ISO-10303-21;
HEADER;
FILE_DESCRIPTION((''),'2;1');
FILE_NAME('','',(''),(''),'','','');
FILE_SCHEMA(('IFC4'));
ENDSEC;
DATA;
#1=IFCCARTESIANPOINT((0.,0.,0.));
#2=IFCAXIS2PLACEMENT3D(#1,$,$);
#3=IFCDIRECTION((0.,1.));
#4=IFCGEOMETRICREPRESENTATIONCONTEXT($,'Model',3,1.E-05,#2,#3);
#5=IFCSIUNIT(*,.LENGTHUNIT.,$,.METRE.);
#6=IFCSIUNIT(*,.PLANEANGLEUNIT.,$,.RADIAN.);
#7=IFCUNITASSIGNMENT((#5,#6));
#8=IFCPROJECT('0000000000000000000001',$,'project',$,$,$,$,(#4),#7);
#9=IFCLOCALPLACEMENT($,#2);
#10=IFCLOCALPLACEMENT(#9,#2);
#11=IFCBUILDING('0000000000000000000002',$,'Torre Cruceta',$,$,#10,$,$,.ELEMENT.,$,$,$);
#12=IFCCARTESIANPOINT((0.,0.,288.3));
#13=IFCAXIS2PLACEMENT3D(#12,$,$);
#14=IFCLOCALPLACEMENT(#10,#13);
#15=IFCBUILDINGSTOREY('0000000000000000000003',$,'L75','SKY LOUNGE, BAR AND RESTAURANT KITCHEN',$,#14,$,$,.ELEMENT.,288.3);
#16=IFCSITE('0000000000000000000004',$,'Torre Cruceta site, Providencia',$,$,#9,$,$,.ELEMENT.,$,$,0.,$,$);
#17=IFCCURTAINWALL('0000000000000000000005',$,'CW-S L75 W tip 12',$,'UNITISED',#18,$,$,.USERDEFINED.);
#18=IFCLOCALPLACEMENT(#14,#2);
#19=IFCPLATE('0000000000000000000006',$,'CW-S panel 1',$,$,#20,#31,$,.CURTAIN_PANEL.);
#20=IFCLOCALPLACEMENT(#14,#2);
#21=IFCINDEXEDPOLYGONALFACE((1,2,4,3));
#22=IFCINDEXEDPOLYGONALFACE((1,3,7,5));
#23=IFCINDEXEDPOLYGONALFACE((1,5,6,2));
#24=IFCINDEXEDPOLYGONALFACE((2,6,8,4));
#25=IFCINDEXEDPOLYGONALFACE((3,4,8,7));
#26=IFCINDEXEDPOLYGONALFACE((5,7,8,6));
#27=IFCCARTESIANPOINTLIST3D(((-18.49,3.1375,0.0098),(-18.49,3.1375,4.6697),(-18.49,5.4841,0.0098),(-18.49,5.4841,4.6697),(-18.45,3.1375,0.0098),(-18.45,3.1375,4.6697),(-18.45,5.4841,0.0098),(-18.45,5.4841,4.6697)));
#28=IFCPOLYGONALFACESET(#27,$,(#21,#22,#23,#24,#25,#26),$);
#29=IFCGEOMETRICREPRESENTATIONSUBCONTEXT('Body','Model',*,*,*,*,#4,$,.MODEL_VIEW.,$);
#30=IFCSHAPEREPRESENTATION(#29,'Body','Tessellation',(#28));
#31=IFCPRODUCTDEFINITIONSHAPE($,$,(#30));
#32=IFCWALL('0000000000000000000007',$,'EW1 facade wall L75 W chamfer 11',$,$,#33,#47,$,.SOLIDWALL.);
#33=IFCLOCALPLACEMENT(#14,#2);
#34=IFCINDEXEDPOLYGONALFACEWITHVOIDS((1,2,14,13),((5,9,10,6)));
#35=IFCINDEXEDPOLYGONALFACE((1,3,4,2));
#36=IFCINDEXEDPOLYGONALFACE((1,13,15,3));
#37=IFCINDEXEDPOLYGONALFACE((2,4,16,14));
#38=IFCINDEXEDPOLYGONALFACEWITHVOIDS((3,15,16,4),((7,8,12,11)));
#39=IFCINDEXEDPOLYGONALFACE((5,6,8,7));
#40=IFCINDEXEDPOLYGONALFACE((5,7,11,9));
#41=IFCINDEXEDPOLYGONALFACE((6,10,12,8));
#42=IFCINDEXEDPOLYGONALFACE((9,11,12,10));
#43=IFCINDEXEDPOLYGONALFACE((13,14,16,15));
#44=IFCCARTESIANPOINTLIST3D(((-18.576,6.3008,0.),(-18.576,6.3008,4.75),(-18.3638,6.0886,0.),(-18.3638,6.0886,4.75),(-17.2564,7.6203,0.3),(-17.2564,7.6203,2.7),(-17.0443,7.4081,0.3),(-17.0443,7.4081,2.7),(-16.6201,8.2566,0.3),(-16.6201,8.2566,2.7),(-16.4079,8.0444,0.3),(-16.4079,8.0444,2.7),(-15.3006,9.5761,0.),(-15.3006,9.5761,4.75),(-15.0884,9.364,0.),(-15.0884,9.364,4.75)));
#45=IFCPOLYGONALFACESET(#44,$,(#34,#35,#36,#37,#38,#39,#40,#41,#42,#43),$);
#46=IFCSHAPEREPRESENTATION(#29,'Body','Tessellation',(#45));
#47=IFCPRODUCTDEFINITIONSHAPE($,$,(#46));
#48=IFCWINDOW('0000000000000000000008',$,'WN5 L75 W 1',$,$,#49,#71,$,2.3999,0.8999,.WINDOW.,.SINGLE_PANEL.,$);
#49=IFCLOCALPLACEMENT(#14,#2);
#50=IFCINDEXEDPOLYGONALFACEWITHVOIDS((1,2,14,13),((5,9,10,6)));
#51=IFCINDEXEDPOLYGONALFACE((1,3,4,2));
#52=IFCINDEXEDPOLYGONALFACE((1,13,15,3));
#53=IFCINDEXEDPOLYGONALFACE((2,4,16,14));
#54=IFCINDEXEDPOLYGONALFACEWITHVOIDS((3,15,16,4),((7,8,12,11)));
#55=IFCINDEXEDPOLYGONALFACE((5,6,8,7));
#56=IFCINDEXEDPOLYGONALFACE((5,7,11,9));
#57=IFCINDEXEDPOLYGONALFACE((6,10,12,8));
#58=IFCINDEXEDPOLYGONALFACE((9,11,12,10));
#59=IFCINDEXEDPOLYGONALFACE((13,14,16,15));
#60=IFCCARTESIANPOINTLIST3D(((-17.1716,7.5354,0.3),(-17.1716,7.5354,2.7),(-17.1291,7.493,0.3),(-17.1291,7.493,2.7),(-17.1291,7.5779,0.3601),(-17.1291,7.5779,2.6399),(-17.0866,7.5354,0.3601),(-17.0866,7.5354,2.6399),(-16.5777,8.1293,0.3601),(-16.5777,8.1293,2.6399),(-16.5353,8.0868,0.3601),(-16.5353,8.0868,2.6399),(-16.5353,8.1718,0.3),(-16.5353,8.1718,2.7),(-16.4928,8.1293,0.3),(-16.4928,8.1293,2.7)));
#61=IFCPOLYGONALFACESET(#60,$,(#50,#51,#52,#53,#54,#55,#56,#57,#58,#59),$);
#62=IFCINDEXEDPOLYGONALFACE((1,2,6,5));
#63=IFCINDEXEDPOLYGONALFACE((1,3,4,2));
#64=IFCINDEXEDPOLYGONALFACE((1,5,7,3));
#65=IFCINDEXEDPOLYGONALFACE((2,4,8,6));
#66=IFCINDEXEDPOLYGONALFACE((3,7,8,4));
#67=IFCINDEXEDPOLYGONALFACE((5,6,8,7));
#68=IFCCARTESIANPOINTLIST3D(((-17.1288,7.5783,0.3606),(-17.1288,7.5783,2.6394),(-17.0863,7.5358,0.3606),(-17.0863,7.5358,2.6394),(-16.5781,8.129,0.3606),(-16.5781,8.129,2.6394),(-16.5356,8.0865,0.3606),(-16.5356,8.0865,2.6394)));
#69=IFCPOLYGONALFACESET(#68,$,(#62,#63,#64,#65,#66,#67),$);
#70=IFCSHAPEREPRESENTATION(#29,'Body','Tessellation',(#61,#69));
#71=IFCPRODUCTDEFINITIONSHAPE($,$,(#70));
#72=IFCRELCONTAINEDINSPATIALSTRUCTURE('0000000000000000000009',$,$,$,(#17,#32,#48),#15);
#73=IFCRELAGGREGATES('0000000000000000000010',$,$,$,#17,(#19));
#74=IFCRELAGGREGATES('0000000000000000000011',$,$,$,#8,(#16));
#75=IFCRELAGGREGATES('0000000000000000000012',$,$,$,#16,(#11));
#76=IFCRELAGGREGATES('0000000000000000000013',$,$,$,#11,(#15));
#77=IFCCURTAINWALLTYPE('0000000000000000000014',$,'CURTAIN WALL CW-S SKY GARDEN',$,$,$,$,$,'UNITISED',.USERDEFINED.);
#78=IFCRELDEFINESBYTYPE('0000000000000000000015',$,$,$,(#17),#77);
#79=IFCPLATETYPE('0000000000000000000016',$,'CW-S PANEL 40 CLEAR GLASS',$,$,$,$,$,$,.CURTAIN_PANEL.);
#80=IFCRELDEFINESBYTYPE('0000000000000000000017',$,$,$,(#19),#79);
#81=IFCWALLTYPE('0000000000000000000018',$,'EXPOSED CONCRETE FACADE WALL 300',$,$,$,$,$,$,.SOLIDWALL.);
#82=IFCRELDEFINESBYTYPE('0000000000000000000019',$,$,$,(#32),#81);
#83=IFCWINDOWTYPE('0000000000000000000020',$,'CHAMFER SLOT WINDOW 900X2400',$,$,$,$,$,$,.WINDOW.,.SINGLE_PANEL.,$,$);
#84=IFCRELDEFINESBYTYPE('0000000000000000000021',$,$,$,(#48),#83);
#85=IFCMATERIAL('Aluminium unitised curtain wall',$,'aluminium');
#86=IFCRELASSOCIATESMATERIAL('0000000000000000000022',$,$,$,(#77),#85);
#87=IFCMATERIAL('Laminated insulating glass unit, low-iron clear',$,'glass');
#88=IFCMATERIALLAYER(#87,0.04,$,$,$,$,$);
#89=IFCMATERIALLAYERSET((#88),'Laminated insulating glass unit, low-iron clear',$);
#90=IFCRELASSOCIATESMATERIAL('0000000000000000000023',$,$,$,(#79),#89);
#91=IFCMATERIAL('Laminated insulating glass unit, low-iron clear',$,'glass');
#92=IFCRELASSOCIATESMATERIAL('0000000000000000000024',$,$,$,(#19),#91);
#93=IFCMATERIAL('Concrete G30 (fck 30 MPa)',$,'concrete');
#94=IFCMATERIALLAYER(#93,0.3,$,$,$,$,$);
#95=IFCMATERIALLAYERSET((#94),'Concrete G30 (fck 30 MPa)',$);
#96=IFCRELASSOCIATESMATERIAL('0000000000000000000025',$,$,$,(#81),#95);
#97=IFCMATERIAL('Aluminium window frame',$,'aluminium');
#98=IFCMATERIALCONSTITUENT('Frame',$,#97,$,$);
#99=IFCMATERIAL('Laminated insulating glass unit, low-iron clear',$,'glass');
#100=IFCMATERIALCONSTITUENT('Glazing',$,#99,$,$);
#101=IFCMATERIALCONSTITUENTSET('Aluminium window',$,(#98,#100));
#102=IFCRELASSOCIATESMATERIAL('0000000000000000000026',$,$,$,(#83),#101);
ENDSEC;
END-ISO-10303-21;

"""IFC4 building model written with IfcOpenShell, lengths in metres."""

from ifc_helpers import new_model, si_unit, direction, frame, frame_2d, origin, origin_2d, place, context, subcontext, project, spatial, rectangle, hollow_rectangle, extrude, material, layer, layer_set, constituent, constituent_set, type_object, element, fill, aggregate, save


model = new_model("IFC4")

# Units and contexts
model_context = context("Model", 3, precision=1e-05, world=origin(), true_north=direction((0.0, 1.0)))
body_context = subcontext(model_context, "Body", "Model", "MODEL_VIEW")
ifc_project = project(units=[si_unit("LENGTHUNIT", "METRE"), si_unit("PLANEANGLEUNIT", "RADIAN")], contexts=[model_context])

# Site, building, storey
site_placement = place(None, origin())
site = spatial("IfcSite", under=ifc_project, at=site_placement, Name="Torre Cruceta site, Providencia", CompositionType="ELEMENT", RefElevation=0.0)
building_placement = place(site_placement, origin())
building = spatial("IfcBuilding", under=site, at=building_placement, Name="Torre Cruceta", CompositionType="ELEMENT")
storey_placement = place(building_placement, frame((0.0, 0.0, 288.3)))
storey = spatial("IfcBuildingStorey", under=building, at=storey_placement, Name="L75", Description="SKY LOUNGE, BAR AND RESTAURANT KITCHEN", CompositionType="ELEMENT", Elevation=288.3)

# Curtain wall
ifc_material_1 = material(Name="Aluminium unitised curtain wall", Category="aluminium")
curtain_wall_type = type_object("IfcCurtainWallType", Name="CURTAIN WALL CW-S SKY GARDEN", ElementType="UNITISED", PredefinedType="USERDEFINED", material=ifc_material_1)
curtain_wall_1_placement = place(storey_placement, origin())
curtain_wall_1 = element("IfcCurtainWall", 1, at=curtain_wall_1_placement, inside=storey, type_object=curtain_wall_type, Name="CW-S L75 W tip 12", ObjectType="UNITISED", PredefinedType="USERDEFINED")

# Plate
ifc_material_2 = material(Name="Laminated insulating glass unit, low-iron clear", Category="glass")
ifc_material_3 = material(Name="Laminated insulating glass unit, low-iron clear", Category="glass")
ifc_layer_1 = layer(ifc_material_3, 0.04)
ifc_layer_set_1 = layer_set([ifc_layer_1], Name="Laminated insulating glass unit, low-iron clear")
plate_type_1 = type_object("IfcPlateType", Name="CW-S PANEL 40 CLEAR GLASS", PredefinedType="CURTAIN_PANEL", material=ifc_layer_set_1)
plate_1_placement = place(storey_placement, frame((-18.47, 4.3108, 0.0098), z_axis=(0.0, 0.0, 1.0), x_axis=(0.0, -1.0, 0.0)))
plate_1 = element("IfcPlate", 2, at=plate_1_placement, type_object=plate_type_1, material=ifc_material_2, Name="CW-S panel 1", PredefinedType="CURTAIN_PANEL", context=body_context, shape_type="SweptSolid", body=[
    extrude(rectangle(XDim=2.3467, YDim=0.04, at=origin_2d()), origin(), (0.0, 0.0, 1.0), 4.6599),
])
aggregate(curtain_wall_1, [plate_1])

# Wall, opening, window
ifc_material_4 = material(Name="Concrete G30 (fck 30 MPa)", Category="concrete")
ifc_layer_2 = layer(ifc_material_4, 0.3)
ifc_layer_set_2 = layer_set([ifc_layer_2], Name="Concrete G30 (fck 30 MPa)")
wall_type = type_object("IfcWallType", Name="EXPOSED CONCRETE FACADE WALL 300", PredefinedType="SOLIDWALL", material=ifc_layer_set_2)
wall_placement = place(storey_placement, frame((-15.1946, 9.47, 0.0), z_axis=(0.0, 0.0, 1.0), x_axis=(-0.707107, -0.707107, 0.0)))
wall = element("IfcWall", 3, at=wall_placement, inside=storey, type_object=wall_type, Name="EW1 facade wall L75 W chamfer 11", PredefinedType="SOLIDWALL", context=body_context, shape_type="SweptSolid", body=[
    extrude(rectangle(XDim=4.6321, YDim=0.3, at=frame_2d((2.3159, 0.0))), origin(), (0.0, 0.0, 1.0), 4.75),
])
opening_placement = place(wall_placement, frame((1.866, 0.0, 0.3)))
opening = element("IfcOpeningElement", 4, at=opening_placement, cuts=wall, PredefinedType="OPENING", context=body_context, shape_type="SweptSolid", body=[
    extrude(rectangle(XDim=0.8999, YDim=2.3999, at=frame_2d((0.45, 1.2))), frame((0.0, 0.1599, 0.0), z_axis=(0.0, -1.0, 0.0), x_axis=(1.0, 0.0, 0.0)), (0.0, 0.0, 1.0), 0.3201),
])
ifc_material_5 = material(Name="Aluminium window frame", Category="aluminium")
ifc_constituent_1 = constituent(ifc_material_5, Name="Frame")
ifc_material_6 = material(Name="Laminated insulating glass unit, low-iron clear", Category="glass")
ifc_constituent_2 = constituent(ifc_material_6, Name="Glazing")
ifc_constituent_set = constituent_set(constituents=[ifc_constituent_1, ifc_constituent_2], Name="Aluminium window")
window_type = type_object("IfcWindowType", Name="CHAMFER SLOT WINDOW 900X2400", PartitioningType="SINGLE_PANEL", PredefinedType="WINDOW", material=ifc_constituent_set)
window_placement = place(opening_placement, origin())
window = element("IfcWindow", 5, at=window_placement, inside=storey, type_object=window_type, Name="WN5 L75 W 1", OverallHeight=2.3999, OverallWidth=0.8999, PartitioningType="SINGLE_PANEL", PredefinedType="WINDOW", context=body_context, shape_type="SweptSolid", body=[
    extrude(hollow_rectangle(XDim=0.8999, YDim=2.3999, WallThickness=0.0601, at=frame_2d((0.45, 1.2))), frame((0.0, 0.03, 0.0), z_axis=(0.0, -1.0, 0.0), x_axis=(1.0, 0.0, 0.0)), (0.0, 0.0, 1.0), 0.0601),
    extrude(rectangle(XDim=0.7788, YDim=2.2788, at=frame_2d((0.45, 1.2))), frame((0.0, 0.03, 0.0), z_axis=(0.0, -1.0, 0.0), x_axis=(1.0, 0.0, 0.0)), (0.0, 0.0, 1.0), 0.0601),
])
fill(opening, window)

save(model, "model.ifc")
